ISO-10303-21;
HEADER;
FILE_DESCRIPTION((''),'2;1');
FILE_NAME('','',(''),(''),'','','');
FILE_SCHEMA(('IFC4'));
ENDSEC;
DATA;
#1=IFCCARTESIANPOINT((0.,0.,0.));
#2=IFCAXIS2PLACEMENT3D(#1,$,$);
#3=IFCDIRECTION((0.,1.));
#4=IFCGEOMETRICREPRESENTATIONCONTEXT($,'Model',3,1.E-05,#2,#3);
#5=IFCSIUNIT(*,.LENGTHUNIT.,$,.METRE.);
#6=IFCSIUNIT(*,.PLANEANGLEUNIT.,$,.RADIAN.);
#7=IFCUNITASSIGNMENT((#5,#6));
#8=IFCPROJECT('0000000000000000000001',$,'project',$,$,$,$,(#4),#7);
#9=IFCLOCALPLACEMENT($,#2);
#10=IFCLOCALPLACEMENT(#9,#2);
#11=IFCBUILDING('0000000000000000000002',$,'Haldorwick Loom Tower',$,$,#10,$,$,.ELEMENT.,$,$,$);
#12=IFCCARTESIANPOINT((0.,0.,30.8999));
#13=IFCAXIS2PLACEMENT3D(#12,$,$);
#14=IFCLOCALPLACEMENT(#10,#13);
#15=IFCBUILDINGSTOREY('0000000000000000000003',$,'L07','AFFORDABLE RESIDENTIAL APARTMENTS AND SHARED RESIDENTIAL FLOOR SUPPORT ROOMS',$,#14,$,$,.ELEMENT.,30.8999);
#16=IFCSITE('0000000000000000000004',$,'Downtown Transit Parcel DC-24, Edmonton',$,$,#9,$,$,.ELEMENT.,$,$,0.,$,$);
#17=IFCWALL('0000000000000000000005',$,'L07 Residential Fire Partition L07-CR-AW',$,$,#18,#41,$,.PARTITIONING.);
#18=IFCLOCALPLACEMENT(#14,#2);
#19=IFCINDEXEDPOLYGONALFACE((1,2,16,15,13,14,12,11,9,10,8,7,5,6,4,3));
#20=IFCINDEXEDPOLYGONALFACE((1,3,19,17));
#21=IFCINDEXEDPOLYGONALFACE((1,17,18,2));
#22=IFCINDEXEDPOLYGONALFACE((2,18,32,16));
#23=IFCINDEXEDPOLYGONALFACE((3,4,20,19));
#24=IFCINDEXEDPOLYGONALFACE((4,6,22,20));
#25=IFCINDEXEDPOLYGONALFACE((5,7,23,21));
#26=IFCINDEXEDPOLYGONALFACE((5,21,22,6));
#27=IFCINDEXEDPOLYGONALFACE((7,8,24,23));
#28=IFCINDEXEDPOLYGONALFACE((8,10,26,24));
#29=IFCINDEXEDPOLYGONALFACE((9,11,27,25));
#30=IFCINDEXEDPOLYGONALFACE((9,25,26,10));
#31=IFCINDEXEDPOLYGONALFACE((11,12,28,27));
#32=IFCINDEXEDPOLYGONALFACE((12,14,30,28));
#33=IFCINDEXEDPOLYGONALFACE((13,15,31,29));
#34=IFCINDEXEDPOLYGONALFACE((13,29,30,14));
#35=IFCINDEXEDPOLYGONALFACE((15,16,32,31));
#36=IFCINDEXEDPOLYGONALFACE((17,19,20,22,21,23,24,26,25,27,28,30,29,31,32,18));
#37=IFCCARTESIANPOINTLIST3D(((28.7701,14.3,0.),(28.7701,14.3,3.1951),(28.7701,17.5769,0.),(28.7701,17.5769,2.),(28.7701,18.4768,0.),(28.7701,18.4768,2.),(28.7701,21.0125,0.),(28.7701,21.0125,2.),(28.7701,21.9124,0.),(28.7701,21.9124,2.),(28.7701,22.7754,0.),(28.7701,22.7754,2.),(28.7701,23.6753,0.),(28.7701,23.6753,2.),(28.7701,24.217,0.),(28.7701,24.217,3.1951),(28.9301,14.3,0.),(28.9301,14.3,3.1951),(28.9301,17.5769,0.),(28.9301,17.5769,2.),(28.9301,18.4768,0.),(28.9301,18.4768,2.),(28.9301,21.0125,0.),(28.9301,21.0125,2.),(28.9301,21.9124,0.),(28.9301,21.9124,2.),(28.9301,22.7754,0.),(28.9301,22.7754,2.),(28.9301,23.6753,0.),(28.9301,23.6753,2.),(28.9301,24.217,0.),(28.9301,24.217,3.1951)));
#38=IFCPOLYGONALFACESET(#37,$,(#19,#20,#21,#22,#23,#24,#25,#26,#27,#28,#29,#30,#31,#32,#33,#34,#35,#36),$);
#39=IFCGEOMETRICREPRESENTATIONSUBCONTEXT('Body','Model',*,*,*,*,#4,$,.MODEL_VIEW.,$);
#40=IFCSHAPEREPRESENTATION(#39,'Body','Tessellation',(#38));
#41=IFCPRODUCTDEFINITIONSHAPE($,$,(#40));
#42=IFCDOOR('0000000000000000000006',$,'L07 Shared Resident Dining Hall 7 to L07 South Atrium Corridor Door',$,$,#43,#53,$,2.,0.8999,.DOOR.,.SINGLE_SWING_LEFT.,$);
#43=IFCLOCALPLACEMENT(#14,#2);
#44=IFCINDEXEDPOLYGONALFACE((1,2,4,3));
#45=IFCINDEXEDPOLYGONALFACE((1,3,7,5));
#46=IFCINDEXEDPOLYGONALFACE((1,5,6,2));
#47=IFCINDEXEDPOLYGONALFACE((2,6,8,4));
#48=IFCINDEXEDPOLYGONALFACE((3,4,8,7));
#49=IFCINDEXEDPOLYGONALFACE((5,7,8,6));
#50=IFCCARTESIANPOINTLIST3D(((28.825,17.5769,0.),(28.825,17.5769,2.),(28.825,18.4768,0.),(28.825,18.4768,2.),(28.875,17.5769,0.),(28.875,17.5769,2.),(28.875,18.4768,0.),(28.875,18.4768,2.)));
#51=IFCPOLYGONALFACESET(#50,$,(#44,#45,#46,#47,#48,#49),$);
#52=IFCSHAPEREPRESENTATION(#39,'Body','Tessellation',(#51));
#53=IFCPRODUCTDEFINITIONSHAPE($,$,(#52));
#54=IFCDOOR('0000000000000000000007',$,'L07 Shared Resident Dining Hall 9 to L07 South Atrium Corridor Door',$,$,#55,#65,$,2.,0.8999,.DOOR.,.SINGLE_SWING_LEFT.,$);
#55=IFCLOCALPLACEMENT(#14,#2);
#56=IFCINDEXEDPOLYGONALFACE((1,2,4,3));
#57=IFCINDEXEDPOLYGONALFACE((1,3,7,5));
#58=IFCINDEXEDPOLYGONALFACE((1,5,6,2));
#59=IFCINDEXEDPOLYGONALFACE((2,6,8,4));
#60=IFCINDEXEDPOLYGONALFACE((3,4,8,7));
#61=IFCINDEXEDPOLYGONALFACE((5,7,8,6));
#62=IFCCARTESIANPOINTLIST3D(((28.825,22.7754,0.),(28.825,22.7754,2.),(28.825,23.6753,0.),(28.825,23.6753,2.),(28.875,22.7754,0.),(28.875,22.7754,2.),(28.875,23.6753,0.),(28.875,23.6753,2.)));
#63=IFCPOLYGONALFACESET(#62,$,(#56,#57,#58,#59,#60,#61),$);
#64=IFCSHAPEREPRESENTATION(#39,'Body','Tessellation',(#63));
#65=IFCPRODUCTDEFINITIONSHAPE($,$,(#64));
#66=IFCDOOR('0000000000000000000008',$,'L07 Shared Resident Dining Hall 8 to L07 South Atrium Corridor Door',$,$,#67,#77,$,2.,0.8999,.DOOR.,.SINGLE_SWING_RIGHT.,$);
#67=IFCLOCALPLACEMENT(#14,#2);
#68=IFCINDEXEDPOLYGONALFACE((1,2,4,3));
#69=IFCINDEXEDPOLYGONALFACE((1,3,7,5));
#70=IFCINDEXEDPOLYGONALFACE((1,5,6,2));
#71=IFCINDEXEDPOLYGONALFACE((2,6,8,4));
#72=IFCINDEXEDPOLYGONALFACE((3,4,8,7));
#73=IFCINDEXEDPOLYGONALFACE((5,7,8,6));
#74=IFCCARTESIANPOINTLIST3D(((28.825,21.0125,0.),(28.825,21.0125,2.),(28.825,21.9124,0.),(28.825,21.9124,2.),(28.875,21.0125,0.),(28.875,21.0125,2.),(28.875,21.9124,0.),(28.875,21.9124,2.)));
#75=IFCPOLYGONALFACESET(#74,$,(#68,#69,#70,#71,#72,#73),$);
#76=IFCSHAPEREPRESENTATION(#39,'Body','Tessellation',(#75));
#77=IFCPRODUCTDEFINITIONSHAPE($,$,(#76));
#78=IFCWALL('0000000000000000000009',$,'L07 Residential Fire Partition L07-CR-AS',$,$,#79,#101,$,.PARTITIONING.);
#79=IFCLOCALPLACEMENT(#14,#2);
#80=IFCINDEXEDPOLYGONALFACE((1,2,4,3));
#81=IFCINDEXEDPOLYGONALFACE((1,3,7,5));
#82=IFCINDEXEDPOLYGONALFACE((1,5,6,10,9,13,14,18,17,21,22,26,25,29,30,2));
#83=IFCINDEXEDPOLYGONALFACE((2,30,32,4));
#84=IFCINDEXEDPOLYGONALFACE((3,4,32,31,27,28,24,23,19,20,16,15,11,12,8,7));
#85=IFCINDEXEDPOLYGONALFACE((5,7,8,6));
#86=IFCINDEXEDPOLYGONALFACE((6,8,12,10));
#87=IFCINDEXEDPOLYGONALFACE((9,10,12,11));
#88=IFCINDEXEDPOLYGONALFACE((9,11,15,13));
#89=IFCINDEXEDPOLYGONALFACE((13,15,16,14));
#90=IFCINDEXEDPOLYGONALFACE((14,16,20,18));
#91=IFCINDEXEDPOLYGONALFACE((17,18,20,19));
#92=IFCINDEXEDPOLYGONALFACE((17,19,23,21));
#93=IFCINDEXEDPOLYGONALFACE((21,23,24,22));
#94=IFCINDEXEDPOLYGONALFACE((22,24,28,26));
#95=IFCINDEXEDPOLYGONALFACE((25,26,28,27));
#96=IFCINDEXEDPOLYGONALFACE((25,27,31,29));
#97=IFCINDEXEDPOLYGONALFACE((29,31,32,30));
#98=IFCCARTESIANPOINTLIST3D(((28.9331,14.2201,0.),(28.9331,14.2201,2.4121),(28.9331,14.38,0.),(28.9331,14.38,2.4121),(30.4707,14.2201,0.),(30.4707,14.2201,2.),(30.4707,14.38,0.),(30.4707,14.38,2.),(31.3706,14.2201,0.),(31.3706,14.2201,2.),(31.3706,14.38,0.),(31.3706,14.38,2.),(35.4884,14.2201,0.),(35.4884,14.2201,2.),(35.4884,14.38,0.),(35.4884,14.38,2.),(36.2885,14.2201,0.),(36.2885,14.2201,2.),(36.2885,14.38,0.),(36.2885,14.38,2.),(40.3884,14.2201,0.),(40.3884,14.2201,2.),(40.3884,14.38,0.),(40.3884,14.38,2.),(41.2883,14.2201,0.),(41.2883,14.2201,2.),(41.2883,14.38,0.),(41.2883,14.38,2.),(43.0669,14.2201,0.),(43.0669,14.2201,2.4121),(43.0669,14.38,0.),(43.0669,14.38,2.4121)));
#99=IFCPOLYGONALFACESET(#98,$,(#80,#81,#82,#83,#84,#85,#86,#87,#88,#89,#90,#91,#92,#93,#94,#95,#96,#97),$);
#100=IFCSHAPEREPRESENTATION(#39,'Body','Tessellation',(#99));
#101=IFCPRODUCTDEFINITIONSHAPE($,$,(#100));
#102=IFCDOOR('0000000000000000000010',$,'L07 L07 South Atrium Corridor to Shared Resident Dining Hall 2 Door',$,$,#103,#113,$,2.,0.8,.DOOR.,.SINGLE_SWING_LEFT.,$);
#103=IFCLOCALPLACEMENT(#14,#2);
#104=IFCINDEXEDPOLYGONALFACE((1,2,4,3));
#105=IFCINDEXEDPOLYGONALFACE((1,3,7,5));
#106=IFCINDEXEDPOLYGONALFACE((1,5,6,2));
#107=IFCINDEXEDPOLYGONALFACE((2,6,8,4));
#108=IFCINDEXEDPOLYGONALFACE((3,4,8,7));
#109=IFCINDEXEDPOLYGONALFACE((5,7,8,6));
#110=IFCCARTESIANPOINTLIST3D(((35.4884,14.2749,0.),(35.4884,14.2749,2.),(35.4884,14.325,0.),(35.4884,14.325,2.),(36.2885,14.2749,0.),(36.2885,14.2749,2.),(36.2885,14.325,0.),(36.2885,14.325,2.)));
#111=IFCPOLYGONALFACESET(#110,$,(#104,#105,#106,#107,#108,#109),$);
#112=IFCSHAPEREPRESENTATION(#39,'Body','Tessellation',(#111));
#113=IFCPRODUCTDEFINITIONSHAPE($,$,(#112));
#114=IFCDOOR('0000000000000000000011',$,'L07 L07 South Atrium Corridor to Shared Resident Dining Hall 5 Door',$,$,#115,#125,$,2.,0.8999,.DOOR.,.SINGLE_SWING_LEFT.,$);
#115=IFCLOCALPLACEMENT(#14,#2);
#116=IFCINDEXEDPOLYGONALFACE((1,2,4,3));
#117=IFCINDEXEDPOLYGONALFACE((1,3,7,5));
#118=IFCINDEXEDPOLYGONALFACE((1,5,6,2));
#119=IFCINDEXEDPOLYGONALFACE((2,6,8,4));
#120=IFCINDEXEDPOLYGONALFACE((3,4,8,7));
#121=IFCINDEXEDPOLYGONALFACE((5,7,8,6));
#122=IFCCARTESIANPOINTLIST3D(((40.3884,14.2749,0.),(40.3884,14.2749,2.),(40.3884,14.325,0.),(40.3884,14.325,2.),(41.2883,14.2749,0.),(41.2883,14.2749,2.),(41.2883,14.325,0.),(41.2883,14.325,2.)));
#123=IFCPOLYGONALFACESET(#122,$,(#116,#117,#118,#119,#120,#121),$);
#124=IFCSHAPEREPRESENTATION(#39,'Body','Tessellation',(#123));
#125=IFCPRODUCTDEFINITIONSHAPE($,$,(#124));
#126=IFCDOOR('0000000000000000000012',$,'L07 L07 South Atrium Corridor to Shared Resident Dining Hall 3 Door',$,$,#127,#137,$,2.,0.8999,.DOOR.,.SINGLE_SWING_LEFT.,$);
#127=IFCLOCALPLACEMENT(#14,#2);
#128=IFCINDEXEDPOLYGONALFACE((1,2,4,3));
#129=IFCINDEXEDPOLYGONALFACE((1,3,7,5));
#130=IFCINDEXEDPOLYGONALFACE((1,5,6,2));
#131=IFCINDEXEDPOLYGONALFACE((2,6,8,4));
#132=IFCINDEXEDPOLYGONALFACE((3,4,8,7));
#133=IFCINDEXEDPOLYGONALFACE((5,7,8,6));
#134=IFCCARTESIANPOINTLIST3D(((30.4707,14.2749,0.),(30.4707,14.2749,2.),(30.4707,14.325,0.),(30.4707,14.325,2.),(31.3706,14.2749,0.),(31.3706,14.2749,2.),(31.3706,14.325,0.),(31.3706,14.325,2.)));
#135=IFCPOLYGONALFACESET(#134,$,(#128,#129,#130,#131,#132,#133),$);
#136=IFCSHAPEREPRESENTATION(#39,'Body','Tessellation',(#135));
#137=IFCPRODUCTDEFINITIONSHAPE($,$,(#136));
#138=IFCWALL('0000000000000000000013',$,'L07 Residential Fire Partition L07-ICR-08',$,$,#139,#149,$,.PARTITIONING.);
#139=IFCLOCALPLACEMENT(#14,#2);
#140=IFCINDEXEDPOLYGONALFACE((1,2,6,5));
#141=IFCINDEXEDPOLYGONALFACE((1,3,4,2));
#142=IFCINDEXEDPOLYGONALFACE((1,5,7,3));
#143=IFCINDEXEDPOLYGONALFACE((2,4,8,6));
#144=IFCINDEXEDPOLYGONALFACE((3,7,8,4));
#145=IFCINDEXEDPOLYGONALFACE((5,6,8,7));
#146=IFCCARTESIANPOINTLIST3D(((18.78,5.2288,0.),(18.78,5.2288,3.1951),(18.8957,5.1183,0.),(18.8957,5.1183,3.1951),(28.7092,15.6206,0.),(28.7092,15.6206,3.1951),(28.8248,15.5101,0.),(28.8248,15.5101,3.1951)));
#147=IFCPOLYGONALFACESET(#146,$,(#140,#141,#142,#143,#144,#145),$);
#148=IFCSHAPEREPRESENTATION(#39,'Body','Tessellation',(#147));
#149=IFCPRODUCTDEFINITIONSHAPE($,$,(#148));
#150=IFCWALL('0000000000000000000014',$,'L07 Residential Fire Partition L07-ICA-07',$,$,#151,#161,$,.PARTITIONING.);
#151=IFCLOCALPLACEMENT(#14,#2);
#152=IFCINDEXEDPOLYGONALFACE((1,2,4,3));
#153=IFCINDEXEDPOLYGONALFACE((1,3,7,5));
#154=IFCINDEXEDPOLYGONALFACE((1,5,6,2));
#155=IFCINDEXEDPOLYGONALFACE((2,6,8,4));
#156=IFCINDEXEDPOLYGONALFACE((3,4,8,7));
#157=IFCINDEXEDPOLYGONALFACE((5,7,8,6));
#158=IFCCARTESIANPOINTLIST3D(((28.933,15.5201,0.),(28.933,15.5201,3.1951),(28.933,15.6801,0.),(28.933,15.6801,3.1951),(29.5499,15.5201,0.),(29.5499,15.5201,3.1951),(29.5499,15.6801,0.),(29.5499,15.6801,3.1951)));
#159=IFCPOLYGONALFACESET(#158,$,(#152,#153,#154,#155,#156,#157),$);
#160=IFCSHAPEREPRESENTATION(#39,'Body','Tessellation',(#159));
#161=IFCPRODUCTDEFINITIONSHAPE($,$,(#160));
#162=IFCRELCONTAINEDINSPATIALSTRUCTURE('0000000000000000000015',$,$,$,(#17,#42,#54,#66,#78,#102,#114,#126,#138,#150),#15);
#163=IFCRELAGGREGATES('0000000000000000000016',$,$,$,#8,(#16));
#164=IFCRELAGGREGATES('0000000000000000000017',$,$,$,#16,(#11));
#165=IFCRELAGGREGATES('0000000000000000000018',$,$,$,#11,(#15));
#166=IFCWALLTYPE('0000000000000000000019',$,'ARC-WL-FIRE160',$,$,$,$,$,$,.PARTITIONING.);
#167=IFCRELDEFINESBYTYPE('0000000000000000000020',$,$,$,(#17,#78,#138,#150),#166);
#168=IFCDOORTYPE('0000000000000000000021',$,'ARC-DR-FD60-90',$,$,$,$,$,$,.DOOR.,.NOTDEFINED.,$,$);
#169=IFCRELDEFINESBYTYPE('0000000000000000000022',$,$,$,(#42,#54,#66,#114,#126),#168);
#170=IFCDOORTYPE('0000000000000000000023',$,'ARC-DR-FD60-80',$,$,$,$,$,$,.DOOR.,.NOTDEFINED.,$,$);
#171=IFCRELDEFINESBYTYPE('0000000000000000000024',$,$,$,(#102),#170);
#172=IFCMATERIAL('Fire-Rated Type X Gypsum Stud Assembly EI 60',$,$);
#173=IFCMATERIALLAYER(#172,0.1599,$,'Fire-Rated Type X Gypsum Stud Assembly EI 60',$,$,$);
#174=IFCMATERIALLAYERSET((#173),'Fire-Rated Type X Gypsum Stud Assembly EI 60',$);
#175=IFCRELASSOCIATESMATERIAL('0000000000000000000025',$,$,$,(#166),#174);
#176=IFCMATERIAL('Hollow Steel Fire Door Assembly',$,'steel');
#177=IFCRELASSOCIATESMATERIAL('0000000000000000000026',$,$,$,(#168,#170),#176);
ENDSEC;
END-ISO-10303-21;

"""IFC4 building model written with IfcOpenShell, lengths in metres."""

from ifc_helpers import new_model, si_unit, direction, frame, frame_2d, origin, place, context, subcontext, project, spatial, rectangle, extrude, material, layer, layer_set, type_object, element, fill, save


model = new_model("IFC4")

# Units and contexts
model_context = context("Model", 3, precision=1e-05, world=origin(), true_north=direction((0.0, 1.0)))
body_context = subcontext(model_context, "Body", "Model", "MODEL_VIEW")
ifc_project = project(units=[si_unit("LENGTHUNIT", "METRE"), si_unit("PLANEANGLEUNIT", "RADIAN")], contexts=[model_context])

# Site, building, storey
site_placement = place(None, origin())
site = spatial("IfcSite", under=ifc_project, at=site_placement, Name="Downtown Transit Parcel DC-24, Edmonton", CompositionType="ELEMENT", RefElevation=0.0)
building_placement = place(site_placement, origin())
building = spatial("IfcBuilding", under=site, at=building_placement, Name="Haldorwick Loom Tower", CompositionType="ELEMENT")
storey_placement = place(building_placement, frame((0.0, 0.0, 30.8999)))
storey = spatial("IfcBuildingStorey", under=building, at=storey_placement, Name="L07", Description="AFFORDABLE RESIDENTIAL APARTMENTS AND SHARED RESIDENTIAL FLOOR SUPPORT ROOMS", CompositionType="ELEMENT", Elevation=30.8999)

# Walls, openings, doors
ifc_material_1 = material(Name="Fire-Rated Type X Gypsum Stud Assembly EI 60")
ifc_layer_1 = layer(ifc_material_1, 0.1599, Name="Fire-Rated Type X Gypsum Stud Assembly EI 60")
ifc_layer_set_1 = layer_set([ifc_layer_1], Name="Fire-Rated Type X Gypsum Stud Assembly EI 60")
wall_type_1 = type_object("IfcWallType", Name="ARC-WL-FIRE160", PredefinedType="PARTITIONING", material=ifc_layer_set_1)
wall_1_placement = place(storey_placement, frame((28.8501, 14.3, 0.0), z_axis=(0.0, 0.0, 1.0), x_axis=(0.0, 1.0, 0.0)))
wall_1 = element("IfcWall", 1, at=wall_1_placement, inside=storey, type_object=wall_type_1, Name="L07 Residential Fire Partition L07-CR-AW", PredefinedType="PARTITIONING", context=body_context, shape_type="SweptSolid", body=[
    extrude(rectangle(XDim=9.917, YDim=0.1599, at=frame_2d((4.9585, 0.0))), origin(), (0.0, 0.0, 1.0), 3.1951),
])
opening_1_placement = place(wall_1_placement, frame((3.2769, 0.0, 0.0)))
opening_1 = element("IfcOpeningElement", 2, at=opening_1_placement, cuts=wall_1, PredefinedType="OPENING", context=body_context, shape_type="SweptSolid", body=[
    extrude(rectangle(XDim=0.8999, YDim=2.0, at=frame_2d((0.45, 1.0))), frame((0.0, 0.0898, 0.0), z_axis=(0.0, -1.0, 0.0), x_axis=(1.0, 0.0, 0.0)), (0.0, 0.0, 1.0), 0.1799),
])
opening_2_placement = place(wall_1_placement, frame((8.4753, 0.0, 0.0)))
opening_2 = element("IfcOpeningElement", 3, at=opening_2_placement, cuts=wall_1, PredefinedType="OPENING", context=body_context, shape_type="SweptSolid", body=[
    extrude(rectangle(XDim=0.8999, YDim=2.0, at=frame_2d((0.45, 1.0))), frame((0.0, 0.0898, 0.0), z_axis=(0.0, -1.0, 0.0), x_axis=(1.0, 0.0, 0.0)), (0.0, 0.0, 1.0), 0.1799),
])
opening_3_placement = place(wall_1_placement, frame((6.7124, 0.0, 0.0)))
opening_3 = element("IfcOpeningElement", 4, at=opening_3_placement, cuts=wall_1, PredefinedType="OPENING", context=body_context, shape_type="SweptSolid", body=[
    extrude(rectangle(XDim=0.8999, YDim=2.0, at=frame_2d((0.45, 1.0))), frame((0.0, 0.0898, 0.0), z_axis=(0.0, -1.0, 0.0), x_axis=(1.0, 0.0, 0.0)), (0.0, 0.0, 1.0), 0.1799),
])
ifc_material_2 = material(Name="Hollow Steel Fire Door Assembly", Category="steel")
door_type_1 = type_object("IfcDoorType", Name="ARC-DR-FD60-90", OperationType="NOTDEFINED", PredefinedType="DOOR", material=ifc_material_2)
door_1_placement = place(opening_1_placement, frame((0.8999, 0.0, 0.0), z_axis=(0.0, 0.0, 1.0), x_axis=(-1.0, 0.0, 0.0)))
door_1 = element("IfcDoor", 5, at=door_1_placement, inside=storey, type_object=door_type_1, Name="L07 Shared Resident Dining Hall 7 to L07 South Atrium Corridor Door", OperationType="SINGLE_SWING_LEFT", OverallHeight=2.0, OverallWidth=0.8999, PredefinedType="DOOR", context=body_context, shape_type="SweptSolid", body=[
    extrude(rectangle(XDim=0.8999, YDim=2.0, at=frame_2d((0.45, 1.0))), frame((0.0, 0.0249, 0.0), z_axis=(0.0, -1.0, 0.0), x_axis=(1.0, 0.0, 0.0)), (0.0, 0.0, 1.0), 0.05),
])
fill(opening_1, door_1)
door_2_placement = place(opening_2_placement, frame((0.8999, 0.0, 0.0), z_axis=(0.0, 0.0, 1.0), x_axis=(-1.0, 0.0, 0.0)))
door_2 = element("IfcDoor", 6, at=door_2_placement, inside=storey, type_object=door_type_1, Name="L07 Shared Resident Dining Hall 9 to L07 South Atrium Corridor Door", OperationType="SINGLE_SWING_LEFT", OverallHeight=2.0, OverallWidth=0.8999, PredefinedType="DOOR", context=body_context, shape_type="SweptSolid", body=[
    extrude(rectangle(XDim=0.8999, YDim=2.0, at=frame_2d((0.45, 1.0))), frame((0.0, 0.0249, 0.0), z_axis=(0.0, -1.0, 0.0), x_axis=(1.0, 0.0, 0.0)), (0.0, 0.0, 1.0), 0.05),
])
fill(opening_2, door_2)
door_3_placement = place(opening_3_placement, frame((0.8999, 0.0, 0.0), z_axis=(0.0, 0.0, 1.0), x_axis=(-1.0, 0.0, 0.0)))
door_3 = element("IfcDoor", 7, at=door_3_placement, inside=storey, type_object=door_type_1, Name="L07 Shared Resident Dining Hall 8 to L07 South Atrium Corridor Door", OperationType="SINGLE_SWING_RIGHT", OverallHeight=2.0, OverallWidth=0.8999, PredefinedType="DOOR", context=body_context, shape_type="SweptSolid", body=[
    extrude(rectangle(XDim=0.8999, YDim=2.0, at=frame_2d((0.45, 1.0))), frame((0.0, 0.0249, 0.0), z_axis=(0.0, -1.0, 0.0), x_axis=(1.0, 0.0, 0.0)), (0.0, 0.0, 1.0), 0.05),
])
fill(opening_3, door_3)
wall_2_placement = place(storey_placement, frame((28.9331, 14.3, 0.0), z_axis=(0.0, 0.0, 1.0), x_axis=(1.0, 0.0, 0.0)))
wall_2 = element("IfcWall", 8, at=wall_2_placement, inside=storey, type_object=wall_type_1, Name="L07 Residential Fire Partition L07-CR-AS", PredefinedType="PARTITIONING", context=body_context, shape_type="SweptSolid", body=[
    extrude(rectangle(XDim=14.1338, YDim=0.1599, at=frame_2d((7.0669, 0.0))), origin(), (0.0, 0.0, 1.0), 2.4121),
])
opening_4_placement = place(wall_2_placement, frame((11.4553, 0.0, 0.0)))
opening_4 = element("IfcOpeningElement", 9, at=opening_4_placement, cuts=wall_2, PredefinedType="OPENING", context=body_context, shape_type="SweptSolid", body=[
    extrude(rectangle(XDim=0.8999, YDim=2.0, at=frame_2d((0.45, 1.0))), frame((0.0, 0.0898, 0.0), z_axis=(0.0, -1.0, 0.0), x_axis=(1.0, 0.0, 0.0)), (0.0, 0.0, 1.0), 0.1799),
])
opening_5_placement = place(wall_2_placement, frame((1.5376, 0.0, 0.0)))
opening_5 = element("IfcOpeningElement", 10, at=opening_5_placement, cuts=wall_2, PredefinedType="OPENING", context=body_context, shape_type="SweptSolid", body=[
    extrude(rectangle(XDim=0.8999, YDim=2.0, at=frame_2d((0.45, 1.0))), frame((0.0, 0.0898, 0.0), z_axis=(0.0, -1.0, 0.0), x_axis=(1.0, 0.0, 0.0)), (0.0, 0.0, 1.0), 0.1799),
])
opening_6_placement = place(wall_2_placement, frame((6.5554, 0.0, 0.0)))
opening_6 = element("IfcOpeningElement", 11, at=opening_6_placement, cuts=wall_2, PredefinedType="OPENING", context=body_context, shape_type="SweptSolid", body=[
    extrude(rectangle(XDim=0.8, YDim=2.0, at=frame_2d((0.3999, 1.0))), frame((0.0, 0.0898, 0.0), z_axis=(0.0, -1.0, 0.0), x_axis=(1.0, 0.0, 0.0)), (0.0, 0.0, 1.0), 0.1799),
])
door_type_2 = type_object("IfcDoorType", Name="ARC-DR-FD60-80", OperationType="NOTDEFINED", PredefinedType="DOOR", material=ifc_material_2)
door_4_placement = place(opening_6_placement, origin())
door_4 = element("IfcDoor", 12, at=door_4_placement, inside=storey, type_object=door_type_2, Name="L07 L07 South Atrium Corridor to Shared Resident Dining Hall 2 Door", OperationType="SINGLE_SWING_LEFT", OverallHeight=2.0, OverallWidth=0.8, PredefinedType="DOOR", context=body_context, shape_type="SweptSolid", body=[
    extrude(rectangle(XDim=0.8, YDim=2.0, at=frame_2d((0.3999, 1.0))), frame((0.0, 0.0249, 0.0), z_axis=(0.0, -1.0, 0.0), x_axis=(1.0, 0.0, 0.0)), (0.0, 0.0, 1.0), 0.05),
])
fill(opening_6, door_4)
door_5_placement = place(opening_4_placement, origin())
door_5 = element("IfcDoor", 13, at=door_5_placement, inside=storey, type_object=door_type_1, Name="L07 L07 South Atrium Corridor to Shared Resident Dining Hall 5 Door", OperationType="SINGLE_SWING_LEFT", OverallHeight=2.0, OverallWidth=0.8999, PredefinedType="DOOR", context=body_context, shape_type="SweptSolid", body=[
    extrude(rectangle(XDim=0.8999, YDim=2.0, at=frame_2d((0.45, 1.0))), frame((0.0, 0.0249, 0.0), z_axis=(0.0, -1.0, 0.0), x_axis=(1.0, 0.0, 0.0)), (0.0, 0.0, 1.0), 0.05),
])
fill(opening_4, door_5)
door_6_placement = place(opening_5_placement, origin())
door_6 = element("IfcDoor", 14, at=door_6_placement, inside=storey, type_object=door_type_1, Name="L07 L07 South Atrium Corridor to Shared Resident Dining Hall 3 Door", OperationType="SINGLE_SWING_LEFT", OverallHeight=2.0, OverallWidth=0.8999, PredefinedType="DOOR", context=body_context, shape_type="SweptSolid", body=[
    extrude(rectangle(XDim=0.8999, YDim=2.0, at=frame_2d((0.45, 1.0))), frame((0.0, 0.0249, 0.0), z_axis=(0.0, -1.0, 0.0), x_axis=(1.0, 0.0, 0.0)), (0.0, 0.0, 1.0), 0.05),
])
fill(opening_5, door_6)

# Walls
wall_3_placement = place(storey_placement, frame((28.7671, 15.5654, 0.0), z_axis=(0.0, 0.0, 1.0), x_axis=(-0.690829, -0.723018, 0.0)))
element("IfcWall", 15, at=wall_3_placement, inside=storey, type_object=wall_type_1, Name="L07 Residential Fire Partition L07-ICR-08", PredefinedType="PARTITIONING", context=body_context, shape_type="SweptSolid", body=[
    extrude(rectangle(XDim=14.3728, YDim=0.1599, at=frame_2d((7.1865, 0.0))), origin(), (0.0, 0.0, 1.0), 3.1951),
])
wall_4_placement = place(storey_placement, frame((29.55, 15.6001, 0.0), z_axis=(0.0, 0.0, 1.0), x_axis=(-1.0, 0.0, 0.0)))
element("IfcWall", 16, at=wall_4_placement, inside=storey, type_object=wall_type_1, Name="L07 Residential Fire Partition L07-ICA-07", PredefinedType="PARTITIONING", context=body_context, shape_type="SweptSolid", body=[
    extrude(rectangle(XDim=0.6169, YDim=0.1599, at=frame_2d((0.3086, 0.0))), origin(), (0.0, 0.0, 1.0), 3.1951),
])

save(model, "model.ifc")
